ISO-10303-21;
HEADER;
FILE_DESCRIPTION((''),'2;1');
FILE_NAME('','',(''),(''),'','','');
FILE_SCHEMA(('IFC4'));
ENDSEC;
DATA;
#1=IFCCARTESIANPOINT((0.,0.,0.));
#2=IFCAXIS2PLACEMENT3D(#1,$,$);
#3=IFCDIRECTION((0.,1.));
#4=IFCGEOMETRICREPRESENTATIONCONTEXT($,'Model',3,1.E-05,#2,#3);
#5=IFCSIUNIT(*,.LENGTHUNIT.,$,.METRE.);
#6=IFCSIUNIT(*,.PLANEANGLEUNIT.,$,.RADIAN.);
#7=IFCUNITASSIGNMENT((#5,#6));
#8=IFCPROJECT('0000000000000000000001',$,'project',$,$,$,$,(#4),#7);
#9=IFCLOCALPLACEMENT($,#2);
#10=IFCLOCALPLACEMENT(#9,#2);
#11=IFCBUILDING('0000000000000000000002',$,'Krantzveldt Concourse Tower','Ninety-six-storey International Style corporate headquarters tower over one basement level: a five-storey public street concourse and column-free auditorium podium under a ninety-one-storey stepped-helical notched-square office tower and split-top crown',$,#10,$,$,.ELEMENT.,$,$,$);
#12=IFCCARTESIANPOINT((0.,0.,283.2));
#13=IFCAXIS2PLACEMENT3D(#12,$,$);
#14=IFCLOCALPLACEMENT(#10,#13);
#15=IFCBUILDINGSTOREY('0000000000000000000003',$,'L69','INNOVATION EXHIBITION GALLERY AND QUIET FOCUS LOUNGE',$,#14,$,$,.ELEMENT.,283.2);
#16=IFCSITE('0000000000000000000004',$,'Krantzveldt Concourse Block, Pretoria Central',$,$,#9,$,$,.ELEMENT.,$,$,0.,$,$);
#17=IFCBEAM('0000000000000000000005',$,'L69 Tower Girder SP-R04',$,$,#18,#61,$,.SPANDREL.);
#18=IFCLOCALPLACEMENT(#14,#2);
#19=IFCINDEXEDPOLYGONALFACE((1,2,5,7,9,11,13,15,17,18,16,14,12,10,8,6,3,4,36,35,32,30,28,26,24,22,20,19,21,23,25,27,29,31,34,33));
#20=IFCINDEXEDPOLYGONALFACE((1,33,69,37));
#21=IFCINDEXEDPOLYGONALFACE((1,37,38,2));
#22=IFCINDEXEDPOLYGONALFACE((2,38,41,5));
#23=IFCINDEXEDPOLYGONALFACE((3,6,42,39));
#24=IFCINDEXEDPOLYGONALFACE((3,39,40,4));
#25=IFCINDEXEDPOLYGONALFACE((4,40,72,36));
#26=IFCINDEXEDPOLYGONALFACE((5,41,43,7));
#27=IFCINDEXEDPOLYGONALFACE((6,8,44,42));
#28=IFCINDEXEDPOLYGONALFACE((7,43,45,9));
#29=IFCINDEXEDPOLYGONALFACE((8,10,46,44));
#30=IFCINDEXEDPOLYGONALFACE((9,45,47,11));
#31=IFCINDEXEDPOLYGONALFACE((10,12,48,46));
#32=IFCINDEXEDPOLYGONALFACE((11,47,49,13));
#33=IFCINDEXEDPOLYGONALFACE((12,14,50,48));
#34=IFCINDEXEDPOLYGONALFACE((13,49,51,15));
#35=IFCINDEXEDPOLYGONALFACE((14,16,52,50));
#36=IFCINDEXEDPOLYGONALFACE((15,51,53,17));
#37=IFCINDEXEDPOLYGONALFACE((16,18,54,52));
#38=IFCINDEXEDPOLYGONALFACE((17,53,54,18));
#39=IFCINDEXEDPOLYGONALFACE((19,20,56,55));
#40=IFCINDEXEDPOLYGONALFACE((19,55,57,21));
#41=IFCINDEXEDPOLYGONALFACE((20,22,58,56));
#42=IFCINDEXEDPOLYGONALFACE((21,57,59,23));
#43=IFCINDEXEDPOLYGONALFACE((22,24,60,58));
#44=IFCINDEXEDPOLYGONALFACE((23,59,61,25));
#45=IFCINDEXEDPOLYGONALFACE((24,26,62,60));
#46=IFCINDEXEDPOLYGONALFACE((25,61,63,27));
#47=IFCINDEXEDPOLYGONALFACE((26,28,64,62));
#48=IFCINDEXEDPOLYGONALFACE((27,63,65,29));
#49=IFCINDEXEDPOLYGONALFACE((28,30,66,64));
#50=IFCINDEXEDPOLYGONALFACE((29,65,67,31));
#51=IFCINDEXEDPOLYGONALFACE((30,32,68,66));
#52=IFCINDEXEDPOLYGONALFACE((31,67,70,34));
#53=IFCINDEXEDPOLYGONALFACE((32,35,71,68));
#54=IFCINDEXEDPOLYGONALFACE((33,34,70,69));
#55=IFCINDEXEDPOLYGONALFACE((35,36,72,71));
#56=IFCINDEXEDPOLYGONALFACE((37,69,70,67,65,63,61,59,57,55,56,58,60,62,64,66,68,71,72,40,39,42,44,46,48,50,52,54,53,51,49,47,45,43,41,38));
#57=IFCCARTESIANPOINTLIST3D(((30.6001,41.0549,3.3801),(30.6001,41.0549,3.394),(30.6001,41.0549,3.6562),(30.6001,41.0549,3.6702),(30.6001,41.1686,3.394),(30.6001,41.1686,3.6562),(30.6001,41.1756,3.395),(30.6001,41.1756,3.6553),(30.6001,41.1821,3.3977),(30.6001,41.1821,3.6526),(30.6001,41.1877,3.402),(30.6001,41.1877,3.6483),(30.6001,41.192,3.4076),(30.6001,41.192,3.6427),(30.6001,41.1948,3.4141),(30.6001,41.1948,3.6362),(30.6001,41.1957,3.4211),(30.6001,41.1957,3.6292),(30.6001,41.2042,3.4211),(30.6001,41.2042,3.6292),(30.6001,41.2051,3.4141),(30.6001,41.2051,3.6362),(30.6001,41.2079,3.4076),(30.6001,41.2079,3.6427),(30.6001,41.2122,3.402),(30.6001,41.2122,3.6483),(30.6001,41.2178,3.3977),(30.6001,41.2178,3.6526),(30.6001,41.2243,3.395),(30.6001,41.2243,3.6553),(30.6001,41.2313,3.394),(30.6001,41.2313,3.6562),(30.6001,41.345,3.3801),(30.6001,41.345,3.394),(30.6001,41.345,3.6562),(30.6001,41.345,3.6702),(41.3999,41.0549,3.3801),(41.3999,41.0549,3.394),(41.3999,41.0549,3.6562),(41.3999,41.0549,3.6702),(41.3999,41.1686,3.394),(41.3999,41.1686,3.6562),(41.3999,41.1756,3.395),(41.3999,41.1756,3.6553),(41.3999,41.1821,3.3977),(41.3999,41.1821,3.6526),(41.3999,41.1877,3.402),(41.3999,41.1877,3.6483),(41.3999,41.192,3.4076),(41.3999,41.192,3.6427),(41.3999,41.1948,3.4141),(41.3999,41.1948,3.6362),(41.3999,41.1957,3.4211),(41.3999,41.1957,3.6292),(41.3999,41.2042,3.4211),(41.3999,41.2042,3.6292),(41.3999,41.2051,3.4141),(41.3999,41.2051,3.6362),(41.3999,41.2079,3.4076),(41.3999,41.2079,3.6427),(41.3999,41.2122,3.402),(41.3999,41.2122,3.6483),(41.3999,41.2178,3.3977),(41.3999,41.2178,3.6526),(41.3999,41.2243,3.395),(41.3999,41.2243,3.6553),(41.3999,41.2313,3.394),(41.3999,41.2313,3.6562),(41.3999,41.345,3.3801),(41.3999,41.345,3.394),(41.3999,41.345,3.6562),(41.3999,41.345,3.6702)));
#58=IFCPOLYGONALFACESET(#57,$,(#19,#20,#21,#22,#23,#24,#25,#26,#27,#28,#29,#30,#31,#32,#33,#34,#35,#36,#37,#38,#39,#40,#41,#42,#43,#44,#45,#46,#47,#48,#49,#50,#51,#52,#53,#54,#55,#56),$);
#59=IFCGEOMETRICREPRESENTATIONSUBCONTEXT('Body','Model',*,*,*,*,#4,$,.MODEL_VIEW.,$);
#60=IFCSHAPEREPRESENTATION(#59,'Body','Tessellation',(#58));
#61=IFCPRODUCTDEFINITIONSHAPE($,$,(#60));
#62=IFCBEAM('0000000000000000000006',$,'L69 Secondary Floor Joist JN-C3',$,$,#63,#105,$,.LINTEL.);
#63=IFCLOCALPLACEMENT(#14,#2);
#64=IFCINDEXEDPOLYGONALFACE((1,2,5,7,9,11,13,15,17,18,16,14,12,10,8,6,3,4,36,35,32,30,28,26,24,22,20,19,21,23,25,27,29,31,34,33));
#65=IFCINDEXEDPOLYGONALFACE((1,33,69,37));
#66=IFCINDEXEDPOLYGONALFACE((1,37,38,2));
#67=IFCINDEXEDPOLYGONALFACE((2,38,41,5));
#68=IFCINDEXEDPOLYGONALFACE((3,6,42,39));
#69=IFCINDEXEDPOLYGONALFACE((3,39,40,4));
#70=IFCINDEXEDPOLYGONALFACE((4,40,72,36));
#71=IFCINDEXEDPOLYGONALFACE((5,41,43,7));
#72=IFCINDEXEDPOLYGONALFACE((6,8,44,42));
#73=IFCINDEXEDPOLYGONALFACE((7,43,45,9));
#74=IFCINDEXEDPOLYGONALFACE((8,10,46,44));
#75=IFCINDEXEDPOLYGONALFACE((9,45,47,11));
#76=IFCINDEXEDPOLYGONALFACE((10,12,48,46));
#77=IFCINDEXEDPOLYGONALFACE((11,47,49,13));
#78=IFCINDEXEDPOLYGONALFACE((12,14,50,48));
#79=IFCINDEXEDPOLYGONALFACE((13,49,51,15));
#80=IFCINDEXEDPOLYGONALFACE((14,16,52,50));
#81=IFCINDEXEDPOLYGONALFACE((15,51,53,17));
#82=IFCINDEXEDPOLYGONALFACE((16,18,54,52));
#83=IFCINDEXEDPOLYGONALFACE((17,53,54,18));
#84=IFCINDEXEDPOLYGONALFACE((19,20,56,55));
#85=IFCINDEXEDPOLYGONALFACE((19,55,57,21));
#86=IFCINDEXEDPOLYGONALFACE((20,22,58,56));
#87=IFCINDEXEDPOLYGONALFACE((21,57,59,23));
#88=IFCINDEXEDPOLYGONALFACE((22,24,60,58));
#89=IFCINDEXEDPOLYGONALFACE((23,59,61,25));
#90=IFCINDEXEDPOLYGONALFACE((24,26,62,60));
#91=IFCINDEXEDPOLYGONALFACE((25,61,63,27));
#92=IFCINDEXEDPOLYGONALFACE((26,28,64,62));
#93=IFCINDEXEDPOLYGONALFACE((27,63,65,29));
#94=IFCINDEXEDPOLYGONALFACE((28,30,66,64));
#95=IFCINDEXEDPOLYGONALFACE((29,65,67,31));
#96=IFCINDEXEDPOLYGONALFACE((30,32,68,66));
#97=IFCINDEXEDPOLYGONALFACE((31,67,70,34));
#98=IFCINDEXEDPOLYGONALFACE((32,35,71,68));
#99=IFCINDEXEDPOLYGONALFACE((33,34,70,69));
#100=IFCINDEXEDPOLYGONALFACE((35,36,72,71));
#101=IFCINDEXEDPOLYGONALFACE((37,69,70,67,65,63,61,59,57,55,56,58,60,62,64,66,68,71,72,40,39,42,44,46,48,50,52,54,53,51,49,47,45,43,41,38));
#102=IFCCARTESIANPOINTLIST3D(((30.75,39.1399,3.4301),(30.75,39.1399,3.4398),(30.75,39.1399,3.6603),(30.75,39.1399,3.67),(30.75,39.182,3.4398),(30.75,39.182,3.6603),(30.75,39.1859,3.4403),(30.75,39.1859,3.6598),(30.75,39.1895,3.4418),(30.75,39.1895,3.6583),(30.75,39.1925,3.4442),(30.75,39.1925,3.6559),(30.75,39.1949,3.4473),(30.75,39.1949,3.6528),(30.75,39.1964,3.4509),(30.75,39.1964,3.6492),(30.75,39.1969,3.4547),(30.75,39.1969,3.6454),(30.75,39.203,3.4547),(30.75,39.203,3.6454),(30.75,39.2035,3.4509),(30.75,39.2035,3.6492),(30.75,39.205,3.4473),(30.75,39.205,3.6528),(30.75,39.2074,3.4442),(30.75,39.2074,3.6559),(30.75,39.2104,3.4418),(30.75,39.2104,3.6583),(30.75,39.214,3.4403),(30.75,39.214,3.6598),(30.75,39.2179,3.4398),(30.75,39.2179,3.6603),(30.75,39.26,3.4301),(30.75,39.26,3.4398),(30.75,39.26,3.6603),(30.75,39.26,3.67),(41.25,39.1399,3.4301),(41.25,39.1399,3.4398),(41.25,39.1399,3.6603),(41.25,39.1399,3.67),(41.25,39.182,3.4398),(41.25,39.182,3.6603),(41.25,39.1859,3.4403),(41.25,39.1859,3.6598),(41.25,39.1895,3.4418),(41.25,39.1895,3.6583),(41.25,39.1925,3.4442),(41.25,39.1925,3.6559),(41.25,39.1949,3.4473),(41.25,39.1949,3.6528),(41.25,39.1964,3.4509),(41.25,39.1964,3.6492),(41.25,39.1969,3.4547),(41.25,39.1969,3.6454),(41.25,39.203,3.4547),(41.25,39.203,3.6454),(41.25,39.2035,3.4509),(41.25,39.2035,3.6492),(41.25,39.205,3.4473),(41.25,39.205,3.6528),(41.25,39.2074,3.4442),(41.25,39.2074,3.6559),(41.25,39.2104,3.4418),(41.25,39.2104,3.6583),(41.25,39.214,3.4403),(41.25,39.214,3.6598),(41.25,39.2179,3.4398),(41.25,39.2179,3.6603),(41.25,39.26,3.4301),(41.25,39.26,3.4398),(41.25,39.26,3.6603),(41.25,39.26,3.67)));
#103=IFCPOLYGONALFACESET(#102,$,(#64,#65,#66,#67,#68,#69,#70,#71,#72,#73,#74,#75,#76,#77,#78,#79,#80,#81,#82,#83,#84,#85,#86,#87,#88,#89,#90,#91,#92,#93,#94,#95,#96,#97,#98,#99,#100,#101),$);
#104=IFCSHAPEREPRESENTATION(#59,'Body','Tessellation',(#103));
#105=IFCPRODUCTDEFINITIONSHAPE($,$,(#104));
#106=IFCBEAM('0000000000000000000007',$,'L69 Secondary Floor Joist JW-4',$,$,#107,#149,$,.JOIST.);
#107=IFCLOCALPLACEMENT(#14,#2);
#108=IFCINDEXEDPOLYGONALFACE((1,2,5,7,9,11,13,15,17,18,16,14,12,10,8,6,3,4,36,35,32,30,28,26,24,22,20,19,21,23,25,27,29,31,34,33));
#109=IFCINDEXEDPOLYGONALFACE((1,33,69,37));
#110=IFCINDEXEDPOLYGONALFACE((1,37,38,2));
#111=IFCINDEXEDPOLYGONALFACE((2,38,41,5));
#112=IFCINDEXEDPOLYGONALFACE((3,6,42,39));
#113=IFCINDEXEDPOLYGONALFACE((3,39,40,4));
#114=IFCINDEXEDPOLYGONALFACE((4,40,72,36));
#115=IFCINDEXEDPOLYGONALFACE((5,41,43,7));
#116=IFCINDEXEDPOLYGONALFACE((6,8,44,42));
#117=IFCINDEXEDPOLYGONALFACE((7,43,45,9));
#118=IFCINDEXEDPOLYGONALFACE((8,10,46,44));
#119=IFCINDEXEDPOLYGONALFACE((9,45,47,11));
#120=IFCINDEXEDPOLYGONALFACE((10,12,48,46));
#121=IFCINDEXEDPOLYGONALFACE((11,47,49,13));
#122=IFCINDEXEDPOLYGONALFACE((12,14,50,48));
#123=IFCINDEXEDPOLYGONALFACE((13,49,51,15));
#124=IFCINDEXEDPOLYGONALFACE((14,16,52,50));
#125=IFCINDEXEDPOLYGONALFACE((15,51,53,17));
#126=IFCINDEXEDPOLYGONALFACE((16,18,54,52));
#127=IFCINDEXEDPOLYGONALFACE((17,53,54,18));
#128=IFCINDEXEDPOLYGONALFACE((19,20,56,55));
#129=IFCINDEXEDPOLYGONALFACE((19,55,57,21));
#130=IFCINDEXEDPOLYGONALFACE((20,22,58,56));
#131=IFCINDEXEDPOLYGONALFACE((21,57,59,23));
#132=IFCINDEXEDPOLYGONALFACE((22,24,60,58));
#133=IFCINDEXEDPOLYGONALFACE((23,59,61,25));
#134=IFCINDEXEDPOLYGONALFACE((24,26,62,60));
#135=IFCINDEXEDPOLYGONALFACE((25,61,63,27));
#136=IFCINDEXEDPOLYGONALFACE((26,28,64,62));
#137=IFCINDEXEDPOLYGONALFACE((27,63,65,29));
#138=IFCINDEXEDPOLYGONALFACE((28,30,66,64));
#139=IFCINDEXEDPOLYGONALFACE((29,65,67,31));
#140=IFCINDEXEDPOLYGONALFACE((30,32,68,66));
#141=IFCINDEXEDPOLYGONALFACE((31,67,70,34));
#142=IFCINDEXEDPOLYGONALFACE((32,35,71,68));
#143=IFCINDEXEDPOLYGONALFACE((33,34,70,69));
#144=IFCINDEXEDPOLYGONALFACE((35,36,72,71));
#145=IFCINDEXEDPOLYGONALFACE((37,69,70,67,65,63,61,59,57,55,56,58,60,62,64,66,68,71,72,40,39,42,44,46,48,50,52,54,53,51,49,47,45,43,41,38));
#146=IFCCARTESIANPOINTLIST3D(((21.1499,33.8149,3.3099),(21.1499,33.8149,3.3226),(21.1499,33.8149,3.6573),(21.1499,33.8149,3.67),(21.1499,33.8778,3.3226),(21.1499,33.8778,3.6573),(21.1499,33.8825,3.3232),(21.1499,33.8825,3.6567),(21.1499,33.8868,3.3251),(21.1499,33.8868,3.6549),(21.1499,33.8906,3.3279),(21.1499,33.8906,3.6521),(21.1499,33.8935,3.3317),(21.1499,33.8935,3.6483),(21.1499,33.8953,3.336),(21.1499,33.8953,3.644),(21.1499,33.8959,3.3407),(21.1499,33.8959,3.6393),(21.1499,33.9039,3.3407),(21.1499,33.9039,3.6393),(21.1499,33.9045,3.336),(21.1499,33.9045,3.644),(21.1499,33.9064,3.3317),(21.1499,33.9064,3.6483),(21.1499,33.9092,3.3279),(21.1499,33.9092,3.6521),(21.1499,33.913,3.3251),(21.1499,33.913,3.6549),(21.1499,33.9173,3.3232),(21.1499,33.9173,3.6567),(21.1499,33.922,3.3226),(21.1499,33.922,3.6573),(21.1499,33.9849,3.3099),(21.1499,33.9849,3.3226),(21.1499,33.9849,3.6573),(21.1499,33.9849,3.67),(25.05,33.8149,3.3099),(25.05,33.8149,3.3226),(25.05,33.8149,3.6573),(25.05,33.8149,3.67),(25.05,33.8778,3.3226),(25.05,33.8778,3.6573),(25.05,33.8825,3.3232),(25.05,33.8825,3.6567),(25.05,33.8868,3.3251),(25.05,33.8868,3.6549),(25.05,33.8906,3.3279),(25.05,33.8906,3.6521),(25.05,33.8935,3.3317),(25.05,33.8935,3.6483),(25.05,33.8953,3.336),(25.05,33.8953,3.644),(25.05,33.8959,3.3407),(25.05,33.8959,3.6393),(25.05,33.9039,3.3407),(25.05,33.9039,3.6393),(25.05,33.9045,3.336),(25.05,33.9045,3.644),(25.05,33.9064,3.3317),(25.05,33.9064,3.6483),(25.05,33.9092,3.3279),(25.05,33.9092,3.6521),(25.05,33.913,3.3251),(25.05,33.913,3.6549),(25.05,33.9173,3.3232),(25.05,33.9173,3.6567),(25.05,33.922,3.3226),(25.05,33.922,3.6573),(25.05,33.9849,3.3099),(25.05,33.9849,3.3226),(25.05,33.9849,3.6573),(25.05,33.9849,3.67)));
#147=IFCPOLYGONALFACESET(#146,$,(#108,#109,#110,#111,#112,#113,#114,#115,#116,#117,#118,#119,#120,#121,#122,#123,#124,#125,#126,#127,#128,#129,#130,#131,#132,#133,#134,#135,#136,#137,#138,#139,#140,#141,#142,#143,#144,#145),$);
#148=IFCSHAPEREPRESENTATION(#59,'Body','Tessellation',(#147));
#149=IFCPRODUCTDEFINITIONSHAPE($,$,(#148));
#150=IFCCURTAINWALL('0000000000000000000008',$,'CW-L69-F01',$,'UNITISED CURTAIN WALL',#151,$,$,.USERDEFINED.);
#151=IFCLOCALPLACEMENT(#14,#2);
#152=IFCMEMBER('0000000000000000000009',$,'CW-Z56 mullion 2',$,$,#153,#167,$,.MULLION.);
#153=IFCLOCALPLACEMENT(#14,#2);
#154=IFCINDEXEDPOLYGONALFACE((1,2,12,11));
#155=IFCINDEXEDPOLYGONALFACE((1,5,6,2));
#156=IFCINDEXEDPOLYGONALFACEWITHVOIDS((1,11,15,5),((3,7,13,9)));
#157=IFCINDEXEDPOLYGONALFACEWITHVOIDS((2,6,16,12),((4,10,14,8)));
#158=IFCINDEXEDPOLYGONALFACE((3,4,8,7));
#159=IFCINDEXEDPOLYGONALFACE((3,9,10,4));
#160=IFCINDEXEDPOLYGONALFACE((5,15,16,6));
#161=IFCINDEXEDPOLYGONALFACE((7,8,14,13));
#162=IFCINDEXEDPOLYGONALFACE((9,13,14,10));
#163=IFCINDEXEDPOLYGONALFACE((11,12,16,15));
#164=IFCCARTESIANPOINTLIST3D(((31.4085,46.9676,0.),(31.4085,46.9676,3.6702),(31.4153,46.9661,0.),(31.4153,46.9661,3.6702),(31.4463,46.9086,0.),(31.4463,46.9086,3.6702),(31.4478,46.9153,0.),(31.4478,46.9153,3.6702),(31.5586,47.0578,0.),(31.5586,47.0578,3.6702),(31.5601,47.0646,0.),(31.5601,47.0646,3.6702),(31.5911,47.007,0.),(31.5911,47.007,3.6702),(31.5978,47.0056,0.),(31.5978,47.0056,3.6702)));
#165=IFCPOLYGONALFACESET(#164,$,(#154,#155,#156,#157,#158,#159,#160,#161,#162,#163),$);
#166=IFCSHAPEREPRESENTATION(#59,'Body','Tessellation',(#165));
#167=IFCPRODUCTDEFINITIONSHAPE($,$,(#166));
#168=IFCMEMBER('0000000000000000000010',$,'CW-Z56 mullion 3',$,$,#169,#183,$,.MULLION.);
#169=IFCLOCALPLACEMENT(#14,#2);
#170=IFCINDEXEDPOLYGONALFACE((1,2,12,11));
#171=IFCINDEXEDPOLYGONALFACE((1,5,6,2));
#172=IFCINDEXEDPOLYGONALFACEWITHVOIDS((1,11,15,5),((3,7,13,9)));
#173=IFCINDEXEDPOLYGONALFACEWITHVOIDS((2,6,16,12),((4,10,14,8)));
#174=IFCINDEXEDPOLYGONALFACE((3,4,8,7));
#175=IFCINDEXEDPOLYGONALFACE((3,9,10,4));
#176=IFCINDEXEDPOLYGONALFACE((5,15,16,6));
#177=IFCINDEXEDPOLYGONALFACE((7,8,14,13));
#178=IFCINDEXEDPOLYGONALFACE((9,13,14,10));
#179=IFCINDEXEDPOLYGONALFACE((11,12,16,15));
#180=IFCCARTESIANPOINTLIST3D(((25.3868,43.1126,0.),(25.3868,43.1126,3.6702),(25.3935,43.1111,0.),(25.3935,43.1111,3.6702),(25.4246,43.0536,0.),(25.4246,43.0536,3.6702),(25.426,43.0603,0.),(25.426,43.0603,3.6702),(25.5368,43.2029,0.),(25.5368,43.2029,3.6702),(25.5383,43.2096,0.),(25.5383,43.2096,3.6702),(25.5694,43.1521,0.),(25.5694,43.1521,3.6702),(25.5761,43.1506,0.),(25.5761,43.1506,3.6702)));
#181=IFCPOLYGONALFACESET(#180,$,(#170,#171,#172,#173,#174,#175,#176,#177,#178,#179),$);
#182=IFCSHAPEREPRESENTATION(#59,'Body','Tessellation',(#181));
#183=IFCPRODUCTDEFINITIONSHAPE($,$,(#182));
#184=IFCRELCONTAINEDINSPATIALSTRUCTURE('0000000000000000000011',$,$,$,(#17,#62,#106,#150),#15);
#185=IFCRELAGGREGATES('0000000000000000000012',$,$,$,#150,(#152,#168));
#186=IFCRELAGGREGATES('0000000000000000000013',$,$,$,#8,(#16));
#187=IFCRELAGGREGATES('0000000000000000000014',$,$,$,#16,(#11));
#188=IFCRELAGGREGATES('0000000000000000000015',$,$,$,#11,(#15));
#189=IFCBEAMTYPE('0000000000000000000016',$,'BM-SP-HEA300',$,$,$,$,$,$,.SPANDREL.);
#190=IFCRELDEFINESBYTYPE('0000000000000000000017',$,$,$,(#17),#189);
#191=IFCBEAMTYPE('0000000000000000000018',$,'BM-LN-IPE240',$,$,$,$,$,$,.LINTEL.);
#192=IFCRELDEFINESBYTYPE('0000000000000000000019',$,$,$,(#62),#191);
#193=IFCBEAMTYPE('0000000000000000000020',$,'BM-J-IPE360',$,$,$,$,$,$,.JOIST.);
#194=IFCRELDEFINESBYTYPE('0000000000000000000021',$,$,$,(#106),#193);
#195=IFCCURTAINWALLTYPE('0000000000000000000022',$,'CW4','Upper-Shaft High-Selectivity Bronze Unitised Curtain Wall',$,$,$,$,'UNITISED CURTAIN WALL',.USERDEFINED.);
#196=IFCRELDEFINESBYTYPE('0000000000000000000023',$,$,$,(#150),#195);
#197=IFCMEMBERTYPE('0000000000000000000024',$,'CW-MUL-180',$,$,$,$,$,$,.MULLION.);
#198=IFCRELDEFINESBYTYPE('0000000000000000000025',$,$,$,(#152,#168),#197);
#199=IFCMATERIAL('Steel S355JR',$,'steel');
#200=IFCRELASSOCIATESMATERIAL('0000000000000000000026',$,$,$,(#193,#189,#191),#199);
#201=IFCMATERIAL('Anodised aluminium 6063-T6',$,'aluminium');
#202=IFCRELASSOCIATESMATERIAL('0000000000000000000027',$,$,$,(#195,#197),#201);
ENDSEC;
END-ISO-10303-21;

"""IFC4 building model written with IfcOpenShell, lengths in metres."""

from ifc_helpers import new_model, si_unit, direction, frame, origin, origin_2d, place, context, subcontext, project, spatial, hollow_rectangle, i_section, extrude, source, transform, mapped, material, material_profile, profile_set, type_object, type_shapes, element, aggregate, save


model = new_model("IFC4")

# Units and contexts
model_context = context("Model", 3, precision=1e-05, world=origin(), true_north=direction((0.0, 1.0)))
body_context = subcontext(model_context, "Body", "Model", "MODEL_VIEW")
ifc_project = project(units=[si_unit("LENGTHUNIT", "METRE"), si_unit("PLANEANGLEUNIT", "RADIAN")], contexts=[model_context])

# Site, building, storey
site_placement = place(None, origin())
site = spatial("IfcSite", under=ifc_project, at=site_placement, Name="Krantzveldt Concourse Block, Pretoria Central", CompositionType="ELEMENT", RefElevation=0.0)
building_placement = place(site_placement, origin())
building = spatial("IfcBuilding", under=site, at=building_placement, Name="Krantzveldt Concourse Tower", Description="Ninety-six-storey International Style corporate headquarters tower over one basement level: a five-storey public street concourse and column-free auditorium podium under a ninety-one-storey stepped-helical notched-square office tower and split-top crown", CompositionType="ELEMENT")
storey_placement = place(building_placement, frame((0.0, 0.0, 283.2)))
storey = spatial("IfcBuildingStorey", under=building, at=storey_placement, Name="L69", Description="INNOVATION EXHIBITION GALLERY AND QUIET FOCUS LOUNGE", CompositionType="ELEMENT", Elevation=283.2)

# Beams
ifc_material_1 = material(Name="Steel S355JR", Category="steel")
ifc_material_profile_1 = material_profile(ifc_material_1, i_section(OverallWidth=0.1699, OverallDepth=0.3601, WebThickness=0.0081, FlangeThickness=0.0127, FilletRadius=0.0181, at=origin_2d()), Name="Steel S355JR", Category="steel")
ifc_profile_set_1 = profile_set([ifc_material_profile_1], Name="Steel S355JR - IPE 360")
beam_type_1 = type_object("IfcBeamType", Name="BM-J-IPE360", PredefinedType="JOIST", material=ifc_profile_set_1)
ifc_material_profile_2 = material_profile(ifc_material_1, i_section(OverallWidth=0.29, OverallDepth=0.29, WebThickness=0.0085, FlangeThickness=0.0139, FilletRadius=0.0271, at=origin_2d()), Name="Steel S355JR", Category="steel")
ifc_profile_set_2 = profile_set([ifc_material_profile_2], Name="Steel S355JR - HEA 300")
beam_type_2 = type_object("IfcBeamType", Name="BM-SP-HEA300", PredefinedType="SPANDREL", material=ifc_profile_set_2)
shared_shape_1 = source(origin(), body_context, "Body", "SweptSolid", [
    extrude(i_section(OverallWidth=0.29, OverallDepth=0.29, WebThickness=0.0085, FlangeThickness=0.0139, FilletRadius=0.0271, at=origin_2d()), origin(), (0.0, 0.0, 1.0), 10.7998),
])
beam_1_placement = place(storey_placement, frame((30.6001, 41.2, 3.5251), z_axis=(1.0, 0.0, 0.0), x_axis=(0.0, 1.0, 0.0)))
element("IfcBeam", 1, at=beam_1_placement, inside=storey, type_object=beam_type_2, Name="L69 Tower Girder SP-R04", PredefinedType="SPANDREL", context=body_context, shape_type="MappedRepresentation", body=[
    mapped(shared_shape_1, transform((0.0, 0.0, 0.0), x_axis=(1.0, 0.0, 0.0), y_axis=(0.0, 1.0, 0.0), z_axis=(0.0, 0.0, 1.0), scale=1.0)),
])
ifc_material_profile_3 = material_profile(ifc_material_1, i_section(OverallWidth=0.1201, OverallDepth=0.24, WebThickness=0.0061, FlangeThickness=0.0098, FilletRadius=0.0149, at=origin_2d()), Name="Steel S355JR", Category="steel")
ifc_profile_set_3 = profile_set([ifc_material_profile_3], Name="Steel S355JR - IPE 240")
beam_type_3 = type_object("IfcBeamType", Name="BM-LN-IPE240", PredefinedType="LINTEL", material=ifc_profile_set_3)
shared_shape_2 = source(origin(), body_context, "Body", "SweptSolid", [
    extrude(i_section(OverallWidth=0.1201, OverallDepth=0.24, WebThickness=0.0061, FlangeThickness=0.0098, FilletRadius=0.0149, at=origin_2d()), origin(), (0.0, 0.0, 1.0), 10.5),
])
type_shapes(beam_type_3, [shared_shape_2])
beam_2_placement = place(storey_placement, frame((30.75, 39.2, 3.55), z_axis=(1.0, 0.0, 0.0), x_axis=(0.0, 1.0, 0.0)))
element("IfcBeam", 2, at=beam_2_placement, inside=storey, type_object=beam_type_3, Name="L69 Secondary Floor Joist JN-C3", PredefinedType="LINTEL", context=body_context, shape_type="MappedRepresentation", body=[
    mapped(shared_shape_2, transform((0.0, 0.0, 0.0), x_axis=(1.0, 0.0, 0.0), y_axis=(0.0, 1.0, 0.0), z_axis=(0.0, 0.0, 1.0), scale=1.0)),
])
shared_shape_3 = source(origin(), body_context, "Body", "SweptSolid", [
    extrude(i_section(OverallWidth=0.1699, OverallDepth=0.3601, WebThickness=0.0081, FlangeThickness=0.0127, FilletRadius=0.0181, at=origin_2d()), origin(), (0.0, 0.0, 1.0), 3.9001),
])
beam_3_placement = place(storey_placement, frame((21.1499, 33.8999, 3.49), z_axis=(1.0, 0.0, 0.0), x_axis=(0.0, 1.0, 0.0)))
element("IfcBeam", 3, at=beam_3_placement, inside=storey, type_object=beam_type_1, Name="L69 Secondary Floor Joist JW-4", PredefinedType="JOIST", context=body_context, shape_type="MappedRepresentation", body=[
    mapped(shared_shape_3, transform((0.0, 0.0, 0.0), x_axis=(1.0, 0.0, 0.0), y_axis=(0.0, 1.0, 0.0), z_axis=(0.0, 0.0, 1.0), scale=1.0)),
])

# Curtain wall, members
ifc_material_2 = material(Name="Anodised aluminium 6063-T6", Category="aluminium")
curtain_wall_type = type_object("IfcCurtainWallType", Name="CW4", Description="Upper-Shaft High-Selectivity Bronze Unitised Curtain Wall", ElementType="UNITISED CURTAIN WALL", PredefinedType="USERDEFINED", material=ifc_material_2)
curtain_wall_placement = place(storey_placement, origin())
curtain_wall = element("IfcCurtainWall", 4, at=curtain_wall_placement, inside=storey, type_object=curtain_wall_type, Name="CW-L69-F01", ObjectType="UNITISED CURTAIN WALL", PredefinedType="USERDEFINED")
ifc_material_profile_4 = material_profile(ifc_material_2, hollow_rectangle(XDim=0.0701, YDim=0.1799, WallThickness=0.0049, at=origin_2d()), Name="Anodised aluminium 6063-T6", Category="aluminium")
ifc_profile_set_4 = profile_set([ifc_material_profile_4], Name="Anodised aluminium 6063-T6 - ALU-MULL 180x70x5")
member_type_1 = type_object("IfcMemberType", Name="CW-MUL-180", PredefinedType="MULLION", material=ifc_profile_set_4)
shared_shape_4 = source(origin(), body_context, "Body", "SweptSolid", [
    extrude(hollow_rectangle(XDim=0.0701, YDim=0.1799, WallThickness=0.0049, at=origin_2d()), origin(), (0.0, 0.0, 1.0), 3.6702),
])
type_shapes(member_type_1, [shared_shape_4])
member_1_placement = place(storey_placement, frame((31.5032, 46.9866, 0.0), z_axis=(0.0, 0.0, 1.0), x_axis=(0.539138, -0.842217, 0.0)))
member_1 = element("IfcMember", 5, at=member_1_placement, type_object=member_type_1, Name="CW-Z56 mullion 2", PredefinedType="MULLION", context=body_context, shape_type="MappedRepresentation", body=[
    mapped(shared_shape_4, transform((0.0, 0.0, 0.0), x_axis=(1.0, 0.0, 0.0), y_axis=(0.0, 1.0, 0.0), z_axis=(0.0, 0.0, 1.0), scale=1.0)),
])
member_2_placement = place(storey_placement, frame((25.4814, 43.1316, 0.0), z_axis=(0.0, 0.0, 1.0), x_axis=(0.539138, -0.842217, 0.0)))
member_2 = element("IfcMember", 6, at=member_2_placement, type_object=member_type_1, Name="CW-Z56 mullion 3", PredefinedType="MULLION", context=body_context, shape_type="MappedRepresentation", body=[
    mapped(shared_shape_4, transform((0.0, 0.0, 0.0), x_axis=(1.0, 0.0, 0.0), y_axis=(0.0, 1.0, 0.0), z_axis=(0.0, 0.0, 1.0), scale=1.0)),
])
aggregate(curtain_wall, [member_1, member_2])

save(model, "model.ifc")
